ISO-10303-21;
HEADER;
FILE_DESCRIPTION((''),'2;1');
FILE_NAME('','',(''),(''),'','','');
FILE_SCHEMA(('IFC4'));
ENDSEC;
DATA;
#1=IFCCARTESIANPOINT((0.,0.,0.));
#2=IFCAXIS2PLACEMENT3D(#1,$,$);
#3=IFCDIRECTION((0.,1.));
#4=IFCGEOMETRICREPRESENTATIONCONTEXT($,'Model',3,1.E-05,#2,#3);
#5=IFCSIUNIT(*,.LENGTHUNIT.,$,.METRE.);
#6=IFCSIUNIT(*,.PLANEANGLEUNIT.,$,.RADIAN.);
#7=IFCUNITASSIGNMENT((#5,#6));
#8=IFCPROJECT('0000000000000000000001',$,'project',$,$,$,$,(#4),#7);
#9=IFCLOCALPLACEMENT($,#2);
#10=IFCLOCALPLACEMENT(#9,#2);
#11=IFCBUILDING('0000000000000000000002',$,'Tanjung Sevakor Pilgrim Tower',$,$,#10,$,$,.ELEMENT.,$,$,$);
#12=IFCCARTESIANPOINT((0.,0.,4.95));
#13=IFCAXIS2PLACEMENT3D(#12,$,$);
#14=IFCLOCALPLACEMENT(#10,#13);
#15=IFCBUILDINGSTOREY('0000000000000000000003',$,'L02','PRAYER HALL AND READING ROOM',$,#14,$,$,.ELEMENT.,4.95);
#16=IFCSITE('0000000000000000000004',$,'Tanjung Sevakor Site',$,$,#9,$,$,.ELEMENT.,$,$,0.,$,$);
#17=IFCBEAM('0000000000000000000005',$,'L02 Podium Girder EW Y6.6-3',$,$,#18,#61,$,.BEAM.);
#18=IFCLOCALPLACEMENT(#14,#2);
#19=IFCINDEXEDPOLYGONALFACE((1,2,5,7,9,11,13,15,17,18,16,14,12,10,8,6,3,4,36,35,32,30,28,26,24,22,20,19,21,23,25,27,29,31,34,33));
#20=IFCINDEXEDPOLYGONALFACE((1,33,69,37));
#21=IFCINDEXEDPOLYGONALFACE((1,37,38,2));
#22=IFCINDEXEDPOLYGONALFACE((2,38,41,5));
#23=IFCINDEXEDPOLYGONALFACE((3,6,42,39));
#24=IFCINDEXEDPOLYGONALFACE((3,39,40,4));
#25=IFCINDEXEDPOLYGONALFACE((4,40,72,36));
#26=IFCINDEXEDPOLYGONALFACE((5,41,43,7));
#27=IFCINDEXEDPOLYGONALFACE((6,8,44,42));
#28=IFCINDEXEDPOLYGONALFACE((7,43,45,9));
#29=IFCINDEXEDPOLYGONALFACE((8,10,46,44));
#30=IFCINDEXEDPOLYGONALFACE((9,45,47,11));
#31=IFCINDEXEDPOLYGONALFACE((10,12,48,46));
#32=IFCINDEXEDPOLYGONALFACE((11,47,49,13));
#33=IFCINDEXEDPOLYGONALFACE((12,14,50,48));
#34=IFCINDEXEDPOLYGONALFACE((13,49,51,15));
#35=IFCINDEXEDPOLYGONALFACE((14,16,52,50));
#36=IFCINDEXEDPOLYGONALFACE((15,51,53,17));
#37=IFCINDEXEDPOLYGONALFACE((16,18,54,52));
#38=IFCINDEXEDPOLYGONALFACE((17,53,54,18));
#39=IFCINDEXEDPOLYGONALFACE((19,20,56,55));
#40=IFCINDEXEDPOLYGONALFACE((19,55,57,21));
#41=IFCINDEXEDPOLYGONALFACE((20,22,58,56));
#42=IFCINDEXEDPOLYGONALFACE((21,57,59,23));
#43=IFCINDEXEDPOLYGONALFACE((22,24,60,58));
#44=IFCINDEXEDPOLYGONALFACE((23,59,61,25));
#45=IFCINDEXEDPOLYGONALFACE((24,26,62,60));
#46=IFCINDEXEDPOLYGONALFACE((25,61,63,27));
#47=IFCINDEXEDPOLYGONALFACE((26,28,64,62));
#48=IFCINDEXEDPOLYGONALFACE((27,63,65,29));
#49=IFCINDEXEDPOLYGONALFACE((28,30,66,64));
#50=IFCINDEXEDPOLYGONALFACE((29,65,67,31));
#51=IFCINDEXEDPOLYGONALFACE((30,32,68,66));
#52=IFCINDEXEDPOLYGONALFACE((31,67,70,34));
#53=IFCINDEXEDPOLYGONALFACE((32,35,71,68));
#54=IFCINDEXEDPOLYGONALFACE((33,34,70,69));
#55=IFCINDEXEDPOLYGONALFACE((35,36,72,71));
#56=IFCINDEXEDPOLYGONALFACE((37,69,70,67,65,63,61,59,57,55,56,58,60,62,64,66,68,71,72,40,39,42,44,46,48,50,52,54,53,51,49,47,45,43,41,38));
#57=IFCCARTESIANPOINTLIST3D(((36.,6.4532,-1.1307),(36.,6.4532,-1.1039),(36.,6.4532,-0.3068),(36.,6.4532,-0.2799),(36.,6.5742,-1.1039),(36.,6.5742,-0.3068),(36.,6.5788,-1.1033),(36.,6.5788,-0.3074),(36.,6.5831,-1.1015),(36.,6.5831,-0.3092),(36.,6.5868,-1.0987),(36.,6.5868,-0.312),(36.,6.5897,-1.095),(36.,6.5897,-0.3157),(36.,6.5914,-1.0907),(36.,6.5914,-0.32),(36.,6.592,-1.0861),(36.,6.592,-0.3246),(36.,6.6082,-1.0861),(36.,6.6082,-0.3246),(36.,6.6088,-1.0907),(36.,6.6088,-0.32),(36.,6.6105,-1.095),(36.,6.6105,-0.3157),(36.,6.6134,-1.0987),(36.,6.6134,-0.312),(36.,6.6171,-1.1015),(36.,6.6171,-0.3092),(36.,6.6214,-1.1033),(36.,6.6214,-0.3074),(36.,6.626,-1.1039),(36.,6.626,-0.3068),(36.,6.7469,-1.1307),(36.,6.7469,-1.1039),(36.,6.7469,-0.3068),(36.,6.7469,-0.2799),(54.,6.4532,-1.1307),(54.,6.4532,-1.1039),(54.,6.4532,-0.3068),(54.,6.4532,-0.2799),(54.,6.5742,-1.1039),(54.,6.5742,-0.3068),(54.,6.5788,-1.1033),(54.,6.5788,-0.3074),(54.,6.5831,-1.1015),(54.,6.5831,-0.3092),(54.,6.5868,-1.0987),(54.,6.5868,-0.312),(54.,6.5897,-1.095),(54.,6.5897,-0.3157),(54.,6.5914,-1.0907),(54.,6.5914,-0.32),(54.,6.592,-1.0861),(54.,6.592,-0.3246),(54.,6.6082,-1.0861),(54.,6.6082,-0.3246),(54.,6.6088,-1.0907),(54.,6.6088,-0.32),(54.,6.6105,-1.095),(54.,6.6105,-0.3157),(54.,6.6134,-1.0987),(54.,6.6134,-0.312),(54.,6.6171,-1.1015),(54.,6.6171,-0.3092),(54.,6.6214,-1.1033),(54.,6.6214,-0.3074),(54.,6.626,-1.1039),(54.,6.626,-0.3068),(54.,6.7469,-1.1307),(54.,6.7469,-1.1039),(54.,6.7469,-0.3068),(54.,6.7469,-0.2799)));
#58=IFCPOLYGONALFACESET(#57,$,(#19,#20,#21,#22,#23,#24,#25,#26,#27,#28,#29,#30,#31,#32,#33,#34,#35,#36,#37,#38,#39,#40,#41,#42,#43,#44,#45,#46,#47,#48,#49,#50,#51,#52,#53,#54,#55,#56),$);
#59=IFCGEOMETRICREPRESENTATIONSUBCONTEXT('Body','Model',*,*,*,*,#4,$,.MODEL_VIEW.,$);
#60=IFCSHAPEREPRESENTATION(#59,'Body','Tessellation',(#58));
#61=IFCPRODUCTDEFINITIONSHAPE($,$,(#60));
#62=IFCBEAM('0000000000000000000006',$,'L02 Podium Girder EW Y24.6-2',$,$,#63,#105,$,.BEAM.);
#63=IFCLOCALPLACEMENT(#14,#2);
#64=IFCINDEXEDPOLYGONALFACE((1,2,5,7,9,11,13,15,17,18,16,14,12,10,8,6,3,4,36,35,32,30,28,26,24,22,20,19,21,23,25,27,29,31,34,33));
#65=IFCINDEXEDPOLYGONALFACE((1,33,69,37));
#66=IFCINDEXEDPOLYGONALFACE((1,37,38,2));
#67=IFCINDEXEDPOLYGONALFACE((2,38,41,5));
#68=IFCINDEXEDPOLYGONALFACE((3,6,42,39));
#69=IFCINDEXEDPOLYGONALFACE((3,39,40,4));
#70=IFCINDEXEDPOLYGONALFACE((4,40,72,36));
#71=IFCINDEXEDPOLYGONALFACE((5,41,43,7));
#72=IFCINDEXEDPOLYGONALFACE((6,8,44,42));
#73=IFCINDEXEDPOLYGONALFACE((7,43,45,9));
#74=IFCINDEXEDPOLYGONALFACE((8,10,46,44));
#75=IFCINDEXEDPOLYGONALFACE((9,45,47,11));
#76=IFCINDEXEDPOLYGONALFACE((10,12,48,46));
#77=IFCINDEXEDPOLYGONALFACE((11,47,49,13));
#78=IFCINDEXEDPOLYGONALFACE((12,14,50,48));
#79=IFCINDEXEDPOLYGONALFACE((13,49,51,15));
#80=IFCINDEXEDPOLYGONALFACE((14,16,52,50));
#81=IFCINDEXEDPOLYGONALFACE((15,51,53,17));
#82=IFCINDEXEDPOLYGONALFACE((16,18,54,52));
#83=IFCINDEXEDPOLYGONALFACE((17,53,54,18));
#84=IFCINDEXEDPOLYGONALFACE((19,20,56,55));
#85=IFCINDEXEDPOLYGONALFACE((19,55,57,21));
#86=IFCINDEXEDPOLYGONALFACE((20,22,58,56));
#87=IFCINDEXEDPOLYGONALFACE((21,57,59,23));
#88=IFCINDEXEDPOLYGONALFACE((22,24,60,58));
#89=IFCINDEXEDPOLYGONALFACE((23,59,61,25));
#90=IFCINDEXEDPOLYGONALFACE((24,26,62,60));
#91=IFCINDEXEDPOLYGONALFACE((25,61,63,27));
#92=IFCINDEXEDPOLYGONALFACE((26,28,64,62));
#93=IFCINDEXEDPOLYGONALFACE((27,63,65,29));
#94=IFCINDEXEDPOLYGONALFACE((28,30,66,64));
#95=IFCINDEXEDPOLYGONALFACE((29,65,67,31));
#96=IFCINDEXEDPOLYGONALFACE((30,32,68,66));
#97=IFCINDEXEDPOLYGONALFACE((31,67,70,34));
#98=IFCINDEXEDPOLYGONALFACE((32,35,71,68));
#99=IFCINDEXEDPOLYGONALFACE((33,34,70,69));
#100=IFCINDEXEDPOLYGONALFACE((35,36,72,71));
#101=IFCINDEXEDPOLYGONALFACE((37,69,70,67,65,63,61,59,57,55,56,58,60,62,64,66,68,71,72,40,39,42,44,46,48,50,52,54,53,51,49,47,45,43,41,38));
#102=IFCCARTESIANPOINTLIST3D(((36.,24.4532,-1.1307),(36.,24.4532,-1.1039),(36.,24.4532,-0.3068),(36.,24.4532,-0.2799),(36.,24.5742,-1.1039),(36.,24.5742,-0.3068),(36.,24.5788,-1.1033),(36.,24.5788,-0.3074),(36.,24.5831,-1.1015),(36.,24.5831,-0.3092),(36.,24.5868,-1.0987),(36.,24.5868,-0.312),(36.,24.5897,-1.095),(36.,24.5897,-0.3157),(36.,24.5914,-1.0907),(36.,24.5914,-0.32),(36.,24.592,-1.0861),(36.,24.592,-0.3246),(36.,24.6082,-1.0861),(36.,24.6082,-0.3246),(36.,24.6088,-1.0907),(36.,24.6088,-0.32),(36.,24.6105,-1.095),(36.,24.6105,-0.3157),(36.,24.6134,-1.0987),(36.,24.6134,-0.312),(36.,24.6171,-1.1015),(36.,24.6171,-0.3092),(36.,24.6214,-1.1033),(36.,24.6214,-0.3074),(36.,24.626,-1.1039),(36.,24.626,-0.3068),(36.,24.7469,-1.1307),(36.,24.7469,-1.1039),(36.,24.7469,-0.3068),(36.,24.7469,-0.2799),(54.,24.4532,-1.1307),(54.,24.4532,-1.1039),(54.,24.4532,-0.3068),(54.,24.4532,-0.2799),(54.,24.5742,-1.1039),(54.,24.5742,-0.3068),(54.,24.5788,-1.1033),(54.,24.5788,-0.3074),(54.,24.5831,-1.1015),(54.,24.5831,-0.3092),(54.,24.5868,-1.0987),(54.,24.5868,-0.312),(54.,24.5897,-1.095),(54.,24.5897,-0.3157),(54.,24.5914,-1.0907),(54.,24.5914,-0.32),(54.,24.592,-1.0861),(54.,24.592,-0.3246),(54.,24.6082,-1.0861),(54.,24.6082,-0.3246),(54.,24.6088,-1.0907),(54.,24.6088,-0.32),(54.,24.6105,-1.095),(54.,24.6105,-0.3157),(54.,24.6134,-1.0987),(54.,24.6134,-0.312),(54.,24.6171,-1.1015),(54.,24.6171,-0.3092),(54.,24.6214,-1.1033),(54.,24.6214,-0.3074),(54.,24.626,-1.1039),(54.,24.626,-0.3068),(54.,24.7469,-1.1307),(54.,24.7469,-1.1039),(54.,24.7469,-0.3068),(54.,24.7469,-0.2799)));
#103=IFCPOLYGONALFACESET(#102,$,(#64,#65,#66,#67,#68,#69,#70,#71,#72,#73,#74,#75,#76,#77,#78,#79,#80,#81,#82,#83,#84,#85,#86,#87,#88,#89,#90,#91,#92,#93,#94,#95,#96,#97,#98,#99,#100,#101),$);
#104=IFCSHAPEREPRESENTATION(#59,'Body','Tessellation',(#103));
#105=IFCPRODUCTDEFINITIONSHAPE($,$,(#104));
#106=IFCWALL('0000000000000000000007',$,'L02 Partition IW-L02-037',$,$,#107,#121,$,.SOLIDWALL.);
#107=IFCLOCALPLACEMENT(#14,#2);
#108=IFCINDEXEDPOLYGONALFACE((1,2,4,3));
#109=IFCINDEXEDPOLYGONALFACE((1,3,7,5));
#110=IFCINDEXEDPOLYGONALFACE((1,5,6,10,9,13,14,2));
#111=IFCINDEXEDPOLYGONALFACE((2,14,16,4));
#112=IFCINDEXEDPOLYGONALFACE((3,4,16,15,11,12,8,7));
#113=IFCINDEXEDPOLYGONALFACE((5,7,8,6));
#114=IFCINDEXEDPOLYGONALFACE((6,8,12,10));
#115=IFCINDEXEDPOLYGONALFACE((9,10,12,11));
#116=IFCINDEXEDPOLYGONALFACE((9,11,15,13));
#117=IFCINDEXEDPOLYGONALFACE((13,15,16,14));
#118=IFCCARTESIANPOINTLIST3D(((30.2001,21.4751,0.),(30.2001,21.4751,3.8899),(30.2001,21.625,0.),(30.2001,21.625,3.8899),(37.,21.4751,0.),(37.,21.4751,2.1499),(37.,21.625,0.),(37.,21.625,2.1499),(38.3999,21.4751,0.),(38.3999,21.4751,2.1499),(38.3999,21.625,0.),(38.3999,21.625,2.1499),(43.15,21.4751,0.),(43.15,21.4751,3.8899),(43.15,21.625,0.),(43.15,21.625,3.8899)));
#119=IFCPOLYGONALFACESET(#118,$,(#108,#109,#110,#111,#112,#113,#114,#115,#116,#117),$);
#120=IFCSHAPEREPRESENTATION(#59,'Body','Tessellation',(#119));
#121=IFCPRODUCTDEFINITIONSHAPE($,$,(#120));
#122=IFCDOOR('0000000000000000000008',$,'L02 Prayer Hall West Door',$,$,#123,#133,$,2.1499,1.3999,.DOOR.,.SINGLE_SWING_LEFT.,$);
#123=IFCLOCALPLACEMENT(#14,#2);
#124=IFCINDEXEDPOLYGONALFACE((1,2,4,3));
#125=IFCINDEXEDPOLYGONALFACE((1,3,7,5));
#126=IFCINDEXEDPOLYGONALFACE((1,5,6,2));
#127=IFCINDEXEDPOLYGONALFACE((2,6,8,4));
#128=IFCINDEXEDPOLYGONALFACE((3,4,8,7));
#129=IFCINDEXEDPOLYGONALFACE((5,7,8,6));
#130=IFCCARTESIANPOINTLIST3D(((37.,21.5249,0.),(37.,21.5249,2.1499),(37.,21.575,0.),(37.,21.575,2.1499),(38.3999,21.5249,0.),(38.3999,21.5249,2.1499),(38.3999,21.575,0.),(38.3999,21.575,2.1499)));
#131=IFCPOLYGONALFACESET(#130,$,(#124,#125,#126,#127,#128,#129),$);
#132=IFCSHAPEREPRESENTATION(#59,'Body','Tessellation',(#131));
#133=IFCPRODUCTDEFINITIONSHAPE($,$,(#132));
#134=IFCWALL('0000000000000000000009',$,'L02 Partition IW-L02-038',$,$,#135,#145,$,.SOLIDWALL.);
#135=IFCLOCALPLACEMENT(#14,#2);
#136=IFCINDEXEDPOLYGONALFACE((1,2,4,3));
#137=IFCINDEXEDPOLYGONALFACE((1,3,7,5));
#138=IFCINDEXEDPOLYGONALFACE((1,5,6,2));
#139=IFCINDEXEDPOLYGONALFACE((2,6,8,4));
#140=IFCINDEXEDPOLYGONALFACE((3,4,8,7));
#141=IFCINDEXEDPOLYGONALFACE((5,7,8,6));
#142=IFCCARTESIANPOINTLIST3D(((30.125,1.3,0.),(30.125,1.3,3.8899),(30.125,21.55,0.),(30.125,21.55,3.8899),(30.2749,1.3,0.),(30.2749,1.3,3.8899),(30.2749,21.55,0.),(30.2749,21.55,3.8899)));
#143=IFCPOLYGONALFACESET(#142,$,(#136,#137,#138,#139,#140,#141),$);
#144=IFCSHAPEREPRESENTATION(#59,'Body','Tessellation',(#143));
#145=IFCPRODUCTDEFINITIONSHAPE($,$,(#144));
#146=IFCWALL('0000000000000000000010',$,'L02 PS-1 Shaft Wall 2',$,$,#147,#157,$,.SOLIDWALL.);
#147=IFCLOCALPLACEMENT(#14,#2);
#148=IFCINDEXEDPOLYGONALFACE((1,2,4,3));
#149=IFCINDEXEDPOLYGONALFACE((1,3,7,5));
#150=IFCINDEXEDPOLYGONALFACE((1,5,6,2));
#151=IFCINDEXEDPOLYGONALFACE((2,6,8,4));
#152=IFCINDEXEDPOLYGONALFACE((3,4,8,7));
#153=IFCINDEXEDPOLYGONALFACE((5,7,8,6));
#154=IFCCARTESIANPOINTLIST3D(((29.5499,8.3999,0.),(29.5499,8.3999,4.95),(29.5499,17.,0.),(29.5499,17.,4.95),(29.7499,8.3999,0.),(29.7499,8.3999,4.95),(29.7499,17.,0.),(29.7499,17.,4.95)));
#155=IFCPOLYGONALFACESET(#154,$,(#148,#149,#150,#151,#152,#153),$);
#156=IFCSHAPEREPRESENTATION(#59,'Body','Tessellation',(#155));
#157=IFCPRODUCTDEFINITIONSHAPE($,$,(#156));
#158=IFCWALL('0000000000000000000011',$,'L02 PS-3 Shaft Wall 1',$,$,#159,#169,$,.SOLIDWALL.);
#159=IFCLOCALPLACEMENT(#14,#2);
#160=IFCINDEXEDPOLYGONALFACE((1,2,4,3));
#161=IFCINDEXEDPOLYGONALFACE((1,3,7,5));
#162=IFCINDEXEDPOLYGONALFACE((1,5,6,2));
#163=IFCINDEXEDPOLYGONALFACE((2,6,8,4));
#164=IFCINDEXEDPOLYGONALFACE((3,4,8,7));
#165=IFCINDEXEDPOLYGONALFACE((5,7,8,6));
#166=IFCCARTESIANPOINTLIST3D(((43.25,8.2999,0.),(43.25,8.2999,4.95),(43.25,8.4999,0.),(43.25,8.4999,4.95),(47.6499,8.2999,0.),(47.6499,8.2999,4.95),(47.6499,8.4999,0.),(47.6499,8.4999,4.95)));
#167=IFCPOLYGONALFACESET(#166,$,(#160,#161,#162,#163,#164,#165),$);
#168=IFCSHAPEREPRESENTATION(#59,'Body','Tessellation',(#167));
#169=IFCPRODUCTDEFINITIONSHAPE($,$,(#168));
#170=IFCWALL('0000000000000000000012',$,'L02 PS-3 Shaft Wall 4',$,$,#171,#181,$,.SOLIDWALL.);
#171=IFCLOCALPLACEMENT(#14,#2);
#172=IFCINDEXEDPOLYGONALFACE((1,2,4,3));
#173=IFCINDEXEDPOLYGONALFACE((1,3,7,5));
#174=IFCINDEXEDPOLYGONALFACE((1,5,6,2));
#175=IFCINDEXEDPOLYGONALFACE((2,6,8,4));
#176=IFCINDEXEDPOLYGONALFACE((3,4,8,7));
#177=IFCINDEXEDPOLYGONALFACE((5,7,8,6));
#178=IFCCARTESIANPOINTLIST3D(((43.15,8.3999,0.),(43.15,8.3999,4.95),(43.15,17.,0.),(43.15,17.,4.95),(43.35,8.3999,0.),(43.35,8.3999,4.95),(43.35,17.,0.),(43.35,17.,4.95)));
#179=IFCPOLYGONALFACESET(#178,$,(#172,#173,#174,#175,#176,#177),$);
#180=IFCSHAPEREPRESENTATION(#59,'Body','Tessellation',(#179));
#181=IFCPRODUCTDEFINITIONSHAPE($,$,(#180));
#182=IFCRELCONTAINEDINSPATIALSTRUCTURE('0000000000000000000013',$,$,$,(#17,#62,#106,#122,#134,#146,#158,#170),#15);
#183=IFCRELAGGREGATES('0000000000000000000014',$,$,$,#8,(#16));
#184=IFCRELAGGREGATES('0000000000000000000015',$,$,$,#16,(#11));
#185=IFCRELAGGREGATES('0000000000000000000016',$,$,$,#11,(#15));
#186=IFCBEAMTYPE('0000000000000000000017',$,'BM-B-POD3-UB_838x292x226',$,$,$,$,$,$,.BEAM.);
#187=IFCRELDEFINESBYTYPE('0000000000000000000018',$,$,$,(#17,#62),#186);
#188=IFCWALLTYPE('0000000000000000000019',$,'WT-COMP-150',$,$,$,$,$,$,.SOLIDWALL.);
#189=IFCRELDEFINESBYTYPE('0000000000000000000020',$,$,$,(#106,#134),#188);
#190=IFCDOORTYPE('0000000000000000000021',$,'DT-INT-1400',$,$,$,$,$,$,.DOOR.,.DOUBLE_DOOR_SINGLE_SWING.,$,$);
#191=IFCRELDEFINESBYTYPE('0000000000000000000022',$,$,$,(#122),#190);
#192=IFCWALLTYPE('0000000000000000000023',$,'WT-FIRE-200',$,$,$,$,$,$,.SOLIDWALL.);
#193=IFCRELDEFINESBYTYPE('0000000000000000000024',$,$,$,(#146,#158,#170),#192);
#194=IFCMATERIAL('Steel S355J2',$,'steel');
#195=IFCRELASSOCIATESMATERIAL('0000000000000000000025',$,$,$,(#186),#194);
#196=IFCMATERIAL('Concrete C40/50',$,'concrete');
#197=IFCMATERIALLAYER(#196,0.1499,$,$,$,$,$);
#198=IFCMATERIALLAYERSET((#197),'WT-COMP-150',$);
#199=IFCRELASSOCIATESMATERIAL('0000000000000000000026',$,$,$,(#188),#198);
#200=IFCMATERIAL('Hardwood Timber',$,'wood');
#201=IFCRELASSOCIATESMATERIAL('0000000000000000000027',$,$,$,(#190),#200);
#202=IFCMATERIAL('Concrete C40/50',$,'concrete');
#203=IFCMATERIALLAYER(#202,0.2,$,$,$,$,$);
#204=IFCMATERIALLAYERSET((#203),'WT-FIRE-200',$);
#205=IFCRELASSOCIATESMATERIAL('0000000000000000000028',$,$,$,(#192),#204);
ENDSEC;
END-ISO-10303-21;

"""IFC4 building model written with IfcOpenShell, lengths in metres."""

from ifc_helpers import new_model, si_unit, direction, frame, frame_2d, origin, origin_2d, place, context, subcontext, project, spatial, rectangle, i_section, extrude, material, layer, layer_set, material_profile, profile_set, type_object, element, fill, save


model = new_model("IFC4")

# Units and contexts
model_context = context("Model", 3, precision=1e-05, world=origin(), true_north=direction((0.0, 1.0)))
body_context = subcontext(model_context, "Body", "Model", "MODEL_VIEW")
ifc_project = project(units=[si_unit("LENGTHUNIT", "METRE"), si_unit("PLANEANGLEUNIT", "RADIAN")], contexts=[model_context])

# Site, building, storey
site_placement = place(None, origin())
site = spatial("IfcSite", under=ifc_project, at=site_placement, Name="Tanjung Sevakor Site", CompositionType="ELEMENT", RefElevation=0.0)
building_placement = place(site_placement, origin())
building = spatial("IfcBuilding", under=site, at=building_placement, Name="Tanjung Sevakor Pilgrim Tower", CompositionType="ELEMENT")
storey_placement = place(building_placement, frame((0.0, 0.0, 4.95)))
storey = spatial("IfcBuildingStorey", under=building, at=storey_placement, Name="L02", Description="PRAYER HALL AND READING ROOM", CompositionType="ELEMENT", Elevation=4.95)

# Beams
ifc_material_1 = material(Name="Steel S355J2", Category="steel")
ifc_material_profile_1 = material_profile(ifc_material_1, i_section(OverallWidth=0.2937, OverallDepth=0.8508, WebThickness=0.0161, FlangeThickness=0.0269, FilletRadius=0.0178, at=origin_2d()))
ifc_profile_set_1 = profile_set([ifc_material_profile_1], Name="Steel S355J2")
beam_type_1 = type_object("IfcBeamType", Name="BM-B-POD3-UB_838x292x226", PredefinedType="BEAM", material=ifc_profile_set_1)
for number, where, z_axis, x_axis, name in (
    (1, (36.0, 6.6001, -0.7053), (1.0, 0.0, 0.0), (0.0, 1.0, 0.0), "L02 Podium Girder EW Y6.6-3"),
    (2, (36.0, 24.6001, -0.7053), (1.0, 0.0, 0.0), (0.0, 1.0, 0.0), "L02 Podium Girder EW Y24.6-2"),
):
    element("IfcBeam", number, at=place(storey_placement, frame(where, z_axis=z_axis, x_axis=x_axis)), inside=storey, type_object=beam_type_1, Name=name, PredefinedType="BEAM", context=body_context, shape_type="SweptSolid", body=[
        extrude(i_section(OverallWidth=0.2937, OverallDepth=0.8508, WebThickness=0.0161, FlangeThickness=0.0269, FilletRadius=0.0178, at=origin_2d()), origin(), (0.0, 0.0, 1.0), 18.0),
    ])

# Wall, opening, door
ifc_material_2 = material(Name="Concrete C40/50", Category="concrete")
ifc_layer_1 = layer(ifc_material_2, 0.1499)
ifc_layer_set_1 = layer_set([ifc_layer_1], Name="WT-COMP-150")
wall_type_1 = type_object("IfcWallType", Name="WT-COMP-150", PredefinedType="SOLIDWALL", material=ifc_layer_set_1)
wall_1_placement = place(storey_placement, frame((30.2, 21.55, 0.0), z_axis=(0.0, 0.0, 1.0), x_axis=(1.0, 0.0, 0.0)))
wall_1 = element("IfcWall", 3, at=wall_1_placement, inside=storey, type_object=wall_type_1, Name="L02 Partition IW-L02-037", PredefinedType="SOLIDWALL", context=body_context, shape_type="SweptSolid", body=[
    extrude(rectangle(XDim=12.95, YDim=0.1499, at=frame_2d((6.4751, 0.0))), origin(), (0.0, 0.0, 1.0), 3.8899),
])
opening_1_placement = place(wall_1_placement, frame((6.8, 0.0, 0.0)))
opening_1 = element("IfcOpeningElement", 4, at=opening_1_placement, cuts=wall_1, PredefinedType="OPENING", context=body_context, shape_type="SweptSolid", body=[
    extrude(rectangle(XDim=1.3999, YDim=2.1499, at=frame_2d((0.7, 1.075))), frame((0.0, 0.085, 0.0), z_axis=(0.0, -1.0, 0.0), x_axis=(1.0, 0.0, 0.0)), (0.0, 0.0, 1.0), 0.1699),
])
ifc_material_3 = material(Name="Hardwood Timber", Category="wood")
door_type_1 = type_object("IfcDoorType", Name="DT-INT-1400", OperationType="DOUBLE_DOOR_SINGLE_SWING", PredefinedType="DOOR", material=ifc_material_3)
door_1_placement = place(opening_1_placement, origin())
door_1 = element("IfcDoor", 5, at=door_1_placement, inside=storey, type_object=door_type_1, Name="L02 Prayer Hall West Door", OperationType="SINGLE_SWING_LEFT", OverallHeight=2.1499, OverallWidth=1.3999, PredefinedType="DOOR", context=body_context, shape_type="SweptSolid", body=[
    extrude(rectangle(XDim=1.3999, YDim=2.1499, at=frame_2d((0.7, 1.075))), frame((0.0, 0.0249, 0.0), z_axis=(0.0, -1.0, 0.0), x_axis=(1.0, 0.0, 0.0)), (0.0, 0.0, 1.0), 0.05),
])
fill(opening_1, door_1)

# Walls
wall_2_placement = place(storey_placement, frame((30.2, 1.3, 0.0), z_axis=(0.0, 0.0, 1.0), x_axis=(0.0, 1.0, 0.0)))
element("IfcWall", 6, at=wall_2_placement, inside=storey, type_object=wall_type_1, Name="L02 Partition IW-L02-038", PredefinedType="SOLIDWALL", context=body_context, shape_type="SweptSolid", body=[
    extrude(rectangle(XDim=20.25, YDim=0.1499, at=frame_2d((10.125, 0.0))), origin(), (0.0, 0.0, 1.0), 3.8899),
])
ifc_material_4 = material(Name="Concrete C40/50", Category="concrete")
ifc_layer_2 = layer(ifc_material_4, 0.2)
ifc_layer_set_2 = layer_set([ifc_layer_2], Name="WT-FIRE-200")
wall_type_2 = type_object("IfcWallType", Name="WT-FIRE-200", PredefinedType="SOLIDWALL", material=ifc_layer_set_2)
wall_3_placement = place(storey_placement, frame((29.6499, 8.3999, 0.0), z_axis=(0.0, 0.0, 1.0), x_axis=(0.0, 1.0, 0.0)))
element("IfcWall", 7, at=wall_3_placement, inside=storey, type_object=wall_type_2, Name="L02 PS-1 Shaft Wall 2", PredefinedType="SOLIDWALL", context=body_context, shape_type="SweptSolid", body=[
    extrude(rectangle(XDim=8.6001, YDim=0.2, at=frame_2d((4.3, 0.0))), origin(), (0.0, 0.0, 1.0), 4.95),
])

# Walls
wall_4_placement = place(storey_placement, frame((43.25, 8.3999, 0.0), z_axis=(0.0, 0.0, 1.0), x_axis=(1.0, 0.0, 0.0)))
element("IfcWall", 8, at=wall_4_placement, inside=storey, type_object=wall_type_2, Name="L02 PS-3 Shaft Wall 1", PredefinedType="SOLIDWALL", context=body_context, shape_type="SweptSolid", body=[
    extrude(rectangle(XDim=4.3999, YDim=0.2, at=frame_2d((2.2, 0.0))), origin(), (0.0, 0.0, 1.0), 4.95),
])
wall_5_placement = place(storey_placement, frame((43.25, 17.0, 0.0), z_axis=(0.0, 0.0, 1.0), x_axis=(0.0, -1.0, 0.0)))
element("IfcWall", 9, at=wall_5_placement, inside=storey, type_object=wall_type_2, Name="L02 PS-3 Shaft Wall 4", PredefinedType="SOLIDWALL", context=body_context, shape_type="SweptSolid", body=[
    extrude(rectangle(XDim=8.6001, YDim=0.2, at=frame_2d((4.3, 0.0))), origin(), (0.0, 0.0, 1.0), 4.95),
])

save(model, "model.ifc")
